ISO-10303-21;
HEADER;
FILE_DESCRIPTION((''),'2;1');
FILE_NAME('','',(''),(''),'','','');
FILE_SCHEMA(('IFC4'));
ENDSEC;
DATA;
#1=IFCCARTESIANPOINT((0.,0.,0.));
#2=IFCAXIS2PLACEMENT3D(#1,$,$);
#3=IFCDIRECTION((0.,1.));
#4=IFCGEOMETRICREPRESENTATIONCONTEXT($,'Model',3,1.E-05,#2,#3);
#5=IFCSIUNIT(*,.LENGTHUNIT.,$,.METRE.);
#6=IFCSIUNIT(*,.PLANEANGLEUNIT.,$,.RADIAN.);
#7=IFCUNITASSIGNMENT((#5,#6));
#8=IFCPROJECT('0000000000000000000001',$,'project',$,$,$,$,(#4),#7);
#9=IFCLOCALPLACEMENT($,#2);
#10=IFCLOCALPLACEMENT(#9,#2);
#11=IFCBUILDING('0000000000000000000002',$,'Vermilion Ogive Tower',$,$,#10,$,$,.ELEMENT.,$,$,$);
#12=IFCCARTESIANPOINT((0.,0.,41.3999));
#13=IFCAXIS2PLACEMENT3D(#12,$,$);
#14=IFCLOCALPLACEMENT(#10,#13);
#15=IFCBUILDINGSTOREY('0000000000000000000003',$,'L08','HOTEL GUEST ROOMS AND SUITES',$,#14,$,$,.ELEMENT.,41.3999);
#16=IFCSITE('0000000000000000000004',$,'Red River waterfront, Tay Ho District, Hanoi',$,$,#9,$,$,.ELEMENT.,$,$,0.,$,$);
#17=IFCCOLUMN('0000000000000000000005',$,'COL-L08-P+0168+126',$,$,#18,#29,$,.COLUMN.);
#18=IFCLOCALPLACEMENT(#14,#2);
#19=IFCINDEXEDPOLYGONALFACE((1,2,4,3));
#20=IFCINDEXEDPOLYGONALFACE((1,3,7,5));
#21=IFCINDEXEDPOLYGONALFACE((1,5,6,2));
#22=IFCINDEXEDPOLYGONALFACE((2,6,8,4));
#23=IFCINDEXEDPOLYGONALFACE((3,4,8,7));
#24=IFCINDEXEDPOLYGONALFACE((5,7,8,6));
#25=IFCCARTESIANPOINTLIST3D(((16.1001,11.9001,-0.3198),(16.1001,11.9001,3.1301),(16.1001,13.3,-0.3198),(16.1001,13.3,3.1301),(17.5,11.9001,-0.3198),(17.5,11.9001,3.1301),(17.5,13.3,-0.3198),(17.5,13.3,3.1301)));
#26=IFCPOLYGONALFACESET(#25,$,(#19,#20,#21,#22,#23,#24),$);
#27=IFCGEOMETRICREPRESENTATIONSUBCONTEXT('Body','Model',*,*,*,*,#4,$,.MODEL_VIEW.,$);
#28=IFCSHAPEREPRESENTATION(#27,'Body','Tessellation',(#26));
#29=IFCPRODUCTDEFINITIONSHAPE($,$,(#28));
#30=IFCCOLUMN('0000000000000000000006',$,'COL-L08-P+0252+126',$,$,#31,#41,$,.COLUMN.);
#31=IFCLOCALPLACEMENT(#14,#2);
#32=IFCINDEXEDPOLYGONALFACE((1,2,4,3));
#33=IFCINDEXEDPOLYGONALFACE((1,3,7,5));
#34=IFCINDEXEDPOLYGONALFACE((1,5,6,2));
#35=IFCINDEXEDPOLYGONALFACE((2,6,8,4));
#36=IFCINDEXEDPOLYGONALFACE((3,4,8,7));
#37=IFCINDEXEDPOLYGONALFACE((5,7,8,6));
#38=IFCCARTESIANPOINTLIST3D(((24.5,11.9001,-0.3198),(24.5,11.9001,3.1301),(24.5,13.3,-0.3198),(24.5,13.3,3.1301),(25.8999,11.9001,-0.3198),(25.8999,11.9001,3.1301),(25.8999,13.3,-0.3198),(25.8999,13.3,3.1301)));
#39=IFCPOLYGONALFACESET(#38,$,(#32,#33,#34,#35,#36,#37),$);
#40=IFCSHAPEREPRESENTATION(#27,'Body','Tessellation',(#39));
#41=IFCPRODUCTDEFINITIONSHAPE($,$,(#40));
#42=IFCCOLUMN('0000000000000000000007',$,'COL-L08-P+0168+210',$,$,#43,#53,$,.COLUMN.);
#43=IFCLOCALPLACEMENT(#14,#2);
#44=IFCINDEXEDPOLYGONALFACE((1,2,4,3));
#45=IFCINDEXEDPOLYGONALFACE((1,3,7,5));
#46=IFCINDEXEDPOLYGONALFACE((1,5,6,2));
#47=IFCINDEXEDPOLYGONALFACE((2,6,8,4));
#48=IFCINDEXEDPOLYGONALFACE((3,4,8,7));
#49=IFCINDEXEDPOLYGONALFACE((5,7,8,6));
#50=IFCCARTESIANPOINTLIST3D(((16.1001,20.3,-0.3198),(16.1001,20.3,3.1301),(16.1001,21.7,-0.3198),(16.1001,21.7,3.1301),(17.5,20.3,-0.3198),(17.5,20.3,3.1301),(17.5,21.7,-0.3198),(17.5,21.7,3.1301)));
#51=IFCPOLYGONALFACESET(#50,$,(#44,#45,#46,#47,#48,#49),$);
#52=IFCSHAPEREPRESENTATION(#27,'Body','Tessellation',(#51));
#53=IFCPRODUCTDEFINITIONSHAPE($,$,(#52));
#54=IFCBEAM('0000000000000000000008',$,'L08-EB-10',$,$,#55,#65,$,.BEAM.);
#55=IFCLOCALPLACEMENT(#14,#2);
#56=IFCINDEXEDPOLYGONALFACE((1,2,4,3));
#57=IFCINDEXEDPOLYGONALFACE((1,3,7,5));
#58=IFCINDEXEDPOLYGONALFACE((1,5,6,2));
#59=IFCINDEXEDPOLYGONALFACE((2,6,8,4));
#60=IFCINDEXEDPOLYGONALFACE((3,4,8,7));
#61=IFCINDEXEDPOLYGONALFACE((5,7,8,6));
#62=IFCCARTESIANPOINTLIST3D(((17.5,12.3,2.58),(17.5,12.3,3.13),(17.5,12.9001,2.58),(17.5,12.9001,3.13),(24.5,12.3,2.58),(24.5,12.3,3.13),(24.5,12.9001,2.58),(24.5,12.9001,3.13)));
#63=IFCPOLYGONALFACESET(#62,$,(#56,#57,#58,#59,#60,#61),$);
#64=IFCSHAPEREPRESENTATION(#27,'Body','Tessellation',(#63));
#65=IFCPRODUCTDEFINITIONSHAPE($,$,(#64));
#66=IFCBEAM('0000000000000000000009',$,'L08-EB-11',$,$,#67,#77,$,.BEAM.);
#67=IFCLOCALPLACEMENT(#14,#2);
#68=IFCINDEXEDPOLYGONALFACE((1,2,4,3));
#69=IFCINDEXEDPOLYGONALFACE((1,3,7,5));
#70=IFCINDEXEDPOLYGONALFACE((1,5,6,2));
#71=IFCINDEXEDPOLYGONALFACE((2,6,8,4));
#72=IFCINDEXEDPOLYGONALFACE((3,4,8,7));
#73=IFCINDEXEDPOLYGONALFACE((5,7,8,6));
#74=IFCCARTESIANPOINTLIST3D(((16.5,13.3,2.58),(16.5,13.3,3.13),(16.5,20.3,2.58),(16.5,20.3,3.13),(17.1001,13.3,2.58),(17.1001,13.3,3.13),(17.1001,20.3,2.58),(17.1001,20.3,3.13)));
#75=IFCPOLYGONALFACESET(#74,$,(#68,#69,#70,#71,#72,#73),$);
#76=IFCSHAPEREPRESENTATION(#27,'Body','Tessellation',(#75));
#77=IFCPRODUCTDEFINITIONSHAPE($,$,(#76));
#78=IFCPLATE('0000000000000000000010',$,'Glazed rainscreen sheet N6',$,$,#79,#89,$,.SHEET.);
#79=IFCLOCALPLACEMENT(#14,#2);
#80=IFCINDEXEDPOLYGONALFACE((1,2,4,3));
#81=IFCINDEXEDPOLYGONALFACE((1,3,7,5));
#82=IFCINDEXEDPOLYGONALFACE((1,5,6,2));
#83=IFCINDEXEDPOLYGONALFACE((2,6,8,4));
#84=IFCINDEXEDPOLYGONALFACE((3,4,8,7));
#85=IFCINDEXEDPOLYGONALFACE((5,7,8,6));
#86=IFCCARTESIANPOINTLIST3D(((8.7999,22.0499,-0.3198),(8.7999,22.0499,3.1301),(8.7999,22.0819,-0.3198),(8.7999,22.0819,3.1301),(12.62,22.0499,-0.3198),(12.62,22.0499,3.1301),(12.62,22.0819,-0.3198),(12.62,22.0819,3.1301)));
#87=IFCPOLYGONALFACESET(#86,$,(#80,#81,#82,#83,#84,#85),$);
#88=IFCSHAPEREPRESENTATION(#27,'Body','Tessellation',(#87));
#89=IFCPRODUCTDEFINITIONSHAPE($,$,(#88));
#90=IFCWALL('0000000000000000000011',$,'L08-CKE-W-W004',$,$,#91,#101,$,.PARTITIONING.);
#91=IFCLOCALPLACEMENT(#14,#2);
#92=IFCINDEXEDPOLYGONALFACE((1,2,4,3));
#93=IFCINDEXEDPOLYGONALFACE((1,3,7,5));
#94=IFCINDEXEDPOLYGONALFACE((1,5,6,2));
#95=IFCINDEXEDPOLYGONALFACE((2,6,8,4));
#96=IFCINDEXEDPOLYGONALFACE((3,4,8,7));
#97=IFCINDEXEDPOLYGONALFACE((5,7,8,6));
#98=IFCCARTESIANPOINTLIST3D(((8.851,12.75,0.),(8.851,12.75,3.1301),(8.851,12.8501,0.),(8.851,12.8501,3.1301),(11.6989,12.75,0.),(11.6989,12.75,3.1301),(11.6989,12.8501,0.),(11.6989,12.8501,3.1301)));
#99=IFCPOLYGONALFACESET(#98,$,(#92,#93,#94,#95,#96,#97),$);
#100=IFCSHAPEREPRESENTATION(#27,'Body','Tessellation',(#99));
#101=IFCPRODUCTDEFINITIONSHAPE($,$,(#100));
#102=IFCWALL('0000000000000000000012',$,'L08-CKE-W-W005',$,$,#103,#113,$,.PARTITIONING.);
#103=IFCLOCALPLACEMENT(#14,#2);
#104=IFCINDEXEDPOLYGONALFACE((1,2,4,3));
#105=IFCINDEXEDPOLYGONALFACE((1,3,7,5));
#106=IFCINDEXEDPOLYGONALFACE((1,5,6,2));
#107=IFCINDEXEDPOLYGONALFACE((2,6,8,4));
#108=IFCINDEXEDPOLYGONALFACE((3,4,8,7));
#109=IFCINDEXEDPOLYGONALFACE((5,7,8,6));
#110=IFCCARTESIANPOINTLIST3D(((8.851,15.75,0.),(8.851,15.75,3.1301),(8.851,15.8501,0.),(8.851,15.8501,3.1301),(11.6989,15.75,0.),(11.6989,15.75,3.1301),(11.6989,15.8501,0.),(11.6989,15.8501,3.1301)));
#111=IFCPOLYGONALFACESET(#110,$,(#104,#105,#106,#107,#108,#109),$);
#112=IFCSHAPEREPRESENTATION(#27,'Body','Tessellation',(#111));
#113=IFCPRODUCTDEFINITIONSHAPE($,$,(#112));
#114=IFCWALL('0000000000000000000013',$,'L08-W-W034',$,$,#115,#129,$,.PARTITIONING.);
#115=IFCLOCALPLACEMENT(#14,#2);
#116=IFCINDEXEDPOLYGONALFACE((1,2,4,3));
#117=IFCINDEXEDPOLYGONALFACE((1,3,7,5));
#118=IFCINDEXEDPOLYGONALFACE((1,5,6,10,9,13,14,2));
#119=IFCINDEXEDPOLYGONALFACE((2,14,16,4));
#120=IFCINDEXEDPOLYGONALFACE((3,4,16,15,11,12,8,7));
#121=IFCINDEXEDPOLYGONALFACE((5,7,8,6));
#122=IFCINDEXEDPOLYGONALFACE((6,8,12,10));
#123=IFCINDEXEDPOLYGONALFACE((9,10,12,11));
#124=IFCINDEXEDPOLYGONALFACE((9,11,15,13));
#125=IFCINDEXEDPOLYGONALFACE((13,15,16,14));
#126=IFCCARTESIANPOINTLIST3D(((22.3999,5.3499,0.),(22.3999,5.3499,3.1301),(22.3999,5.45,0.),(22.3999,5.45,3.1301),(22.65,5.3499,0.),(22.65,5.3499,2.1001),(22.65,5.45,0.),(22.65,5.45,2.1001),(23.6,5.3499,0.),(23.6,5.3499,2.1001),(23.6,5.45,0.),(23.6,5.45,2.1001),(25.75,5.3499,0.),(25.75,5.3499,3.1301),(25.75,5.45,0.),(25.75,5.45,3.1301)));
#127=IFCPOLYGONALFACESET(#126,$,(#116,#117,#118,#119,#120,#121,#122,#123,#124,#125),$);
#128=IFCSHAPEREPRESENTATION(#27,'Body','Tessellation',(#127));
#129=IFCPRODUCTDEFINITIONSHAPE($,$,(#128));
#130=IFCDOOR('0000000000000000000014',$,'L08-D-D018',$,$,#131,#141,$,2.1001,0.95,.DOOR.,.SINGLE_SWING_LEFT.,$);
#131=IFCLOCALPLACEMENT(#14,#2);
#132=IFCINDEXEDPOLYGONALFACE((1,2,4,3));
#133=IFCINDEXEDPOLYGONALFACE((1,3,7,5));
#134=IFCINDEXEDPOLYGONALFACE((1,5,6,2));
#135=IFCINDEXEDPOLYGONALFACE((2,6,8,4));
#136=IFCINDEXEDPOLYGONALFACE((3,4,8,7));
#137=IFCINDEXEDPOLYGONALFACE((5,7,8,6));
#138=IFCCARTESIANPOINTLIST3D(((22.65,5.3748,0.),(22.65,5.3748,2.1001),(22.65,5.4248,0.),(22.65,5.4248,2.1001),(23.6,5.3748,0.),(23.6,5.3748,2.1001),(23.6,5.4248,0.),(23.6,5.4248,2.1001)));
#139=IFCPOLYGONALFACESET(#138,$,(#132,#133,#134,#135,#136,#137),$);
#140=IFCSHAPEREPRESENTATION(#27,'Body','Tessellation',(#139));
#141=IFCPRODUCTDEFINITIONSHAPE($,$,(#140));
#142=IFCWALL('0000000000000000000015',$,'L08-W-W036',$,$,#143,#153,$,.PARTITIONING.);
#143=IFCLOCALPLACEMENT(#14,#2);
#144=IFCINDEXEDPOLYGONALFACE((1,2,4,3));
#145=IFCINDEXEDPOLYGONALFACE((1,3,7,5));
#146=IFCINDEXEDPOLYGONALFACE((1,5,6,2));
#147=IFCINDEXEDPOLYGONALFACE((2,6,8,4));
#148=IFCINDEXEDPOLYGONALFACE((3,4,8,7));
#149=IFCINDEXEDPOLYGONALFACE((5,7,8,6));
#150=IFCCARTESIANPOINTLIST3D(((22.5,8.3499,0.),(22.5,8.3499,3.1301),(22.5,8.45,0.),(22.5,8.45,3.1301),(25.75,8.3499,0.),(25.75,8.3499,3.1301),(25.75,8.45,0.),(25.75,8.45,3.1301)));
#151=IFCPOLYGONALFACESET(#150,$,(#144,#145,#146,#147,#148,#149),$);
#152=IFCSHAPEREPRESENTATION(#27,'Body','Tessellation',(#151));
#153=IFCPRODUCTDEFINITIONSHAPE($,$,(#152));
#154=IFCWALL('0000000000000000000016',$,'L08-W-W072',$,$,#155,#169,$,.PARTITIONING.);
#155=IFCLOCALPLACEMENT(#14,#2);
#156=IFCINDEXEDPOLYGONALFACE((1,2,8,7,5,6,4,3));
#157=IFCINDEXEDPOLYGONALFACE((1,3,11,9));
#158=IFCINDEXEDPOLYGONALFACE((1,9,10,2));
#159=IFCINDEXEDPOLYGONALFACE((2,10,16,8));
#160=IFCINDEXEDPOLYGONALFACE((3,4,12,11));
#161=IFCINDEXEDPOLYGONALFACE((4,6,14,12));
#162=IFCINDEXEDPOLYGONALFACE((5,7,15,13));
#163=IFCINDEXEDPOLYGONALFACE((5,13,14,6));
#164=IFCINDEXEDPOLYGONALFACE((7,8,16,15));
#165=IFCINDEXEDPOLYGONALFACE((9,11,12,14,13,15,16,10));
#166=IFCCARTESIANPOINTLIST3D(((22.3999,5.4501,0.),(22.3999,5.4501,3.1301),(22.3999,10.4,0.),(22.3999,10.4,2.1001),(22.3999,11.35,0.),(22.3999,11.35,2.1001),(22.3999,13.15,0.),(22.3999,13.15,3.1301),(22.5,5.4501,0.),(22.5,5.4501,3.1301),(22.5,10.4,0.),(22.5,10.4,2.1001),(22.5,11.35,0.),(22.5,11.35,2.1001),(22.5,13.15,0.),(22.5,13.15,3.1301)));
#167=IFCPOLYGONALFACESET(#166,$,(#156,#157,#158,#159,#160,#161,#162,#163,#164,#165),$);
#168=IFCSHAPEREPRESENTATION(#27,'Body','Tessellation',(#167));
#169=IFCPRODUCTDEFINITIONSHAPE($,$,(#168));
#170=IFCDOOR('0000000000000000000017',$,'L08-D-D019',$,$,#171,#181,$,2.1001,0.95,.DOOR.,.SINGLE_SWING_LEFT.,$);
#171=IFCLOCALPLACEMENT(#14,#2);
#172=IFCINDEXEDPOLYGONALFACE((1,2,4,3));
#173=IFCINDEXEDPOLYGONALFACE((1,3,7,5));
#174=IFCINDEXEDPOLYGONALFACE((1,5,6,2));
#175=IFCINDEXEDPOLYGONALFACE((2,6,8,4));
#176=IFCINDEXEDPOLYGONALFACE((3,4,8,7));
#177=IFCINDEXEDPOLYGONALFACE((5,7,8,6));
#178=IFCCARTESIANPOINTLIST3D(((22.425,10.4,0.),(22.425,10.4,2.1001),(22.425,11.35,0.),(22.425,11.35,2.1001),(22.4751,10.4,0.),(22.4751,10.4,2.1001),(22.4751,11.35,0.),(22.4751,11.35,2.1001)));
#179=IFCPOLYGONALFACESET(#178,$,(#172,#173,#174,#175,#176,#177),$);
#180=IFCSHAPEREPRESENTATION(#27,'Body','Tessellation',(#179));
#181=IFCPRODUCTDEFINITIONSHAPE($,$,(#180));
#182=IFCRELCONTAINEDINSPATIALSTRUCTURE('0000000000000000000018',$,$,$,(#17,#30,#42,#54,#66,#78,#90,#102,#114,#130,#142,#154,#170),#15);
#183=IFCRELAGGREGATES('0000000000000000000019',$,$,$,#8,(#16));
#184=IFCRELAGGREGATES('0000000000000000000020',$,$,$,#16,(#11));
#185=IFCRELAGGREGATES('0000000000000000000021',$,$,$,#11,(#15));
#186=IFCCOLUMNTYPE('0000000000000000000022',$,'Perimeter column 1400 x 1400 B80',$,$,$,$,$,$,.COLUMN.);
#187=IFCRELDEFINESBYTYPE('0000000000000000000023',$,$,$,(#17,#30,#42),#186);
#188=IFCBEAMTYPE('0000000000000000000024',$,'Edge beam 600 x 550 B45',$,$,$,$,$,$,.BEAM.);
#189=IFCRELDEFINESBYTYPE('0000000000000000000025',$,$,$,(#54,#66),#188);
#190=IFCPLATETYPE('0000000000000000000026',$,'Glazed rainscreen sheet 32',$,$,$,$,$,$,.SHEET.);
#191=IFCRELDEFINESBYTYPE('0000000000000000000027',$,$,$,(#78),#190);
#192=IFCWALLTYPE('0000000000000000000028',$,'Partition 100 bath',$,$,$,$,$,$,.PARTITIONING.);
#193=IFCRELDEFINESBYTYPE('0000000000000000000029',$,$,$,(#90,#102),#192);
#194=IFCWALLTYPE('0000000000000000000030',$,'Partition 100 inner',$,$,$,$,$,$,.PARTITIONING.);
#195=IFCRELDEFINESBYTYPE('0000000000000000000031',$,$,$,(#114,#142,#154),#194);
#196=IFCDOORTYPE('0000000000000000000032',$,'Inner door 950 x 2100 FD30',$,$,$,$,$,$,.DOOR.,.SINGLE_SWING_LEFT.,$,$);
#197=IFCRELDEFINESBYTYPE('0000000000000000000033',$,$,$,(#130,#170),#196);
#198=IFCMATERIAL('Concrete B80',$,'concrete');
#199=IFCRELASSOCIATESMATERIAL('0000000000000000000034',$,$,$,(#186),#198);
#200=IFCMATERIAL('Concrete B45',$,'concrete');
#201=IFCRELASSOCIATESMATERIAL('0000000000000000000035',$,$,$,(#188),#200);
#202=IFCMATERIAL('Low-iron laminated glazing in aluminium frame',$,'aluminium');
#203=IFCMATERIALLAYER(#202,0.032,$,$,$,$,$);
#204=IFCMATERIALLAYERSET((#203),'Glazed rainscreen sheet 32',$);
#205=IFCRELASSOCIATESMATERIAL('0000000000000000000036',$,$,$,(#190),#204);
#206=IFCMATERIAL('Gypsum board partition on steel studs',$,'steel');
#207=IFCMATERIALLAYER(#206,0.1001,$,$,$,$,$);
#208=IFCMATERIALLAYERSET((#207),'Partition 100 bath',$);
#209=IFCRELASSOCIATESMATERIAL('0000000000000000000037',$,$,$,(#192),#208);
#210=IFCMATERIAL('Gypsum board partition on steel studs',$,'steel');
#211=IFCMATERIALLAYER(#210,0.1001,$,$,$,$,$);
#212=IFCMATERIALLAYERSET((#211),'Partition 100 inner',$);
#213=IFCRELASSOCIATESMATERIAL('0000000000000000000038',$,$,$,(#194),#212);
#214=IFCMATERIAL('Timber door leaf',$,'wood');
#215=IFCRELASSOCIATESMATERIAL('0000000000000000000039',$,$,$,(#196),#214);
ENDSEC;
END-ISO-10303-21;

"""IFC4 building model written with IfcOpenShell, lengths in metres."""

from ifc_helpers import new_model, si_unit, direction, frame, frame_2d, origin, origin_2d, place, context, subcontext, project, spatial, rectangle, extrude, material, layer, layer_set, material_profile, profile_set, type_object, element, fill, save


model = new_model("IFC4")

# Units and contexts
model_context = context("Model", 3, precision=1e-05, world=origin(), true_north=direction((0.0, 1.0)))
body_context = subcontext(model_context, "Body", "Model", "MODEL_VIEW")
ifc_project = project(units=[si_unit("LENGTHUNIT", "METRE"), si_unit("PLANEANGLEUNIT", "RADIAN")], contexts=[model_context])

# Site, building, storey
site_placement = place(None, origin())
site = spatial("IfcSite", under=ifc_project, at=site_placement, Name="Red River waterfront, Tay Ho District, Hanoi", CompositionType="ELEMENT", RefElevation=0.0)
building_placement = place(site_placement, origin())
building = spatial("IfcBuilding", under=site, at=building_placement, Name="Vermilion Ogive Tower", CompositionType="ELEMENT")
storey_placement = place(building_placement, frame((0.0, 0.0, 41.3999)))
storey = spatial("IfcBuildingStorey", under=building, at=storey_placement, Name="L08", Description="HOTEL GUEST ROOMS AND SUITES", CompositionType="ELEMENT", Elevation=41.3999)

# Columns
ifc_material_1 = material(Name="Concrete B80", Category="concrete")
ifc_material_profile_1 = material_profile(ifc_material_1, rectangle(XDim=1.3999, YDim=1.3999, at=origin_2d()), Name="1400 x 1400")
ifc_profile_set_1 = profile_set([ifc_material_profile_1], Name="Concrete B80")
column_type = type_object("IfcColumnType", Name="Perimeter column 1400 x 1400 B80", PredefinedType="COLUMN", material=ifc_profile_set_1)
for number, where, z_axis, x_axis, name in (
    (1, (16.8, 12.6001, -0.3198), (0.0, 0.0, 1.0), (1.0, 0.0, 0.0), "COL-L08-P+0168+126"),
    (2, (25.2, 12.6001, -0.3198), (0.0, 0.0, 1.0), (1.0, 0.0, 0.0), "COL-L08-P+0252+126"),
    (3, (16.8, 21.0, -0.3198), (0.0, 0.0, 1.0), (1.0, 0.0, 0.0), "COL-L08-P+0168+210"),
):
    element("IfcColumn", number, at=place(storey_placement, frame(where, z_axis=z_axis, x_axis=x_axis)), inside=storey, type_object=column_type, Name=name, PredefinedType="COLUMN", context=body_context, shape_type="SweptSolid", body=[
        extrude(rectangle(XDim=1.3999, YDim=1.3999, at=origin_2d()), origin(), (0.0, 0.0, 1.0), 3.45),
    ])

# Beams
ifc_material_2 = material(Name="Concrete B45", Category="concrete")
ifc_material_profile_2 = material_profile(ifc_material_2, rectangle(XDim=0.6001, YDim=0.55, at=origin_2d()), Name="600 x 550")
ifc_profile_set_2 = profile_set([ifc_material_profile_2], Name="Concrete B45")
beam_type = type_object("IfcBeamType", Name="Edge beam 600 x 550 B45", PredefinedType="BEAM", material=ifc_profile_set_2)
for number, where, z_axis, x_axis, name in (
    (4, (24.5, 12.6001, 2.855), (-1.0, 0.0, 0.0), (0.0, -1.0, 0.0), "L08-EB-10"),
    (5, (16.8, 13.3, 2.855), (0.0, 1.0, 0.0), (-1.0, 0.0, 0.0), "L08-EB-11"),
):
    element("IfcBeam", number, at=place(storey_placement, frame(where, z_axis=z_axis, x_axis=x_axis)), inside=storey, type_object=beam_type, Name=name, PredefinedType="BEAM", context=body_context, shape_type="SweptSolid", body=[
        extrude(rectangle(XDim=0.6001, YDim=0.55, at=origin_2d()), origin(), (0.0, 0.0, 1.0), 7.0),
    ])

# Plate
ifc_material_3 = material(Name="Low-iron laminated glazing in aluminium frame", Category="aluminium")
ifc_layer_1 = layer(ifc_material_3, 0.032)
ifc_layer_set_1 = layer_set([ifc_layer_1], Name="Glazed rainscreen sheet 32")
plate_type = type_object("IfcPlateType", Name="Glazed rainscreen sheet 32", PredefinedType="SHEET", material=ifc_layer_set_1)
plate_placement = place(storey_placement, frame((10.71, 22.0659, -0.3198), z_axis=(0.0, 0.0, 1.0), x_axis=(1.0, 0.0, 0.0)))
element("IfcPlate", 6, at=plate_placement, inside=storey, type_object=plate_type, Name="Glazed rainscreen sheet N6", PredefinedType="SHEET", context=body_context, shape_type="SweptSolid", body=[
    extrude(rectangle(XDim=3.8201, YDim=0.032, at=origin_2d()), origin(), (0.0, 0.0, 1.0), 3.45),
])

# Walls
ifc_material_4 = material(Name="Gypsum board partition on steel studs", Category="steel")
ifc_layer_2 = layer(ifc_material_4, 0.1001)
ifc_layer_set_2 = layer_set([ifc_layer_2], Name="Partition 100 bath")
wall_type_1 = type_object("IfcWallType", Name="Partition 100 bath", PredefinedType="PARTITIONING", material=ifc_layer_set_2)
for number, where, z_axis, x_axis, name in (
    (7, (8.8511, 12.8, 0.0), (0.0, 0.0, 1.0), (1.0, 0.0, 0.0), "L08-CKE-W-W004"),
    (8, (8.8511, 15.8, 0.0), (0.0, 0.0, 1.0), (1.0, 0.0, 0.0), "L08-CKE-W-W005"),
):
    element("IfcWall", number, at=place(storey_placement, frame(where, z_axis=z_axis, x_axis=x_axis)), inside=storey, type_object=wall_type_1, Name=name, PredefinedType="PARTITIONING", context=body_context, shape_type="SweptSolid", body=[
        extrude(rectangle(XDim=2.8479, YDim=0.1001, at=frame_2d((1.4238, 0.0))), origin(), (0.0, 0.0, 1.0), 3.1301),
    ])

# Wall, opening, door
ifc_material_5 = material(Name="Gypsum board partition on steel studs", Category="steel")
ifc_layer_3 = layer(ifc_material_5, 0.1001)
ifc_layer_set_3 = layer_set([ifc_layer_3], Name="Partition 100 inner")
wall_type_2 = type_object("IfcWallType", Name="Partition 100 inner", PredefinedType="PARTITIONING", material=ifc_layer_set_3)
wall_1_placement = place(storey_placement, frame((22.3999, 5.3999, 0.0), z_axis=(0.0, 0.0, 1.0), x_axis=(1.0, 0.0, 0.0)))
wall_1 = element("IfcWall", 9, at=wall_1_placement, inside=storey, type_object=wall_type_2, Name="L08-W-W034", PredefinedType="PARTITIONING", context=body_context, shape_type="SweptSolid", body=[
    extrude(rectangle(XDim=3.3501, YDim=0.1001, at=frame_2d((1.675, 0.0))), origin(), (0.0, 0.0, 1.0), 3.1301),
])
opening_1_placement = place(wall_1_placement, frame((0.25, 0.0, 0.0)))
opening_1 = element("IfcOpeningElement", 10, at=opening_1_placement, cuts=wall_1, PredefinedType="OPENING", context=body_context, shape_type="SweptSolid", body=[
    extrude(rectangle(XDim=0.95, YDim=2.1001, at=frame_2d((0.4751, 1.05))), frame((0.0, 0.0601, 0.0), z_axis=(0.0, -1.0, 0.0), x_axis=(1.0, 0.0, 0.0)), (0.0, 0.0, 1.0), 0.1201),
])
ifc_material_6 = material(Name="Timber door leaf", Category="wood")
door_type_1 = type_object("IfcDoorType", Name="Inner door 950 x 2100 FD30", OperationType="SINGLE_SWING_LEFT", PredefinedType="DOOR", material=ifc_material_6)
door_1_placement = place(opening_1_placement, origin())
door_1 = element("IfcDoor", 11, at=door_1_placement, inside=storey, type_object=door_type_1, Name="L08-D-D018", OperationType="SINGLE_SWING_LEFT", OverallHeight=2.1001, OverallWidth=0.95, PredefinedType="DOOR", context=body_context, shape_type="SweptSolid", body=[
    extrude(rectangle(XDim=0.95, YDim=2.1001, at=frame_2d((0.4751, 1.05))), frame((0.0, 0.0249, 0.0), z_axis=(0.0, -1.0, 0.0), x_axis=(1.0, 0.0, 0.0)), (0.0, 0.0, 1.0), 0.05),
])
fill(opening_1, door_1)

# Wall
wall_2_placement = place(storey_placement, frame((22.5, 8.3999, 0.0), z_axis=(0.0, 0.0, 1.0), x_axis=(1.0, 0.0, 0.0)))
element("IfcWall", 12, at=wall_2_placement, inside=storey, type_object=wall_type_2, Name="L08-W-W036", PredefinedType="PARTITIONING", context=body_context, shape_type="SweptSolid", body=[
    extrude(rectangle(XDim=3.25, YDim=0.1001, at=frame_2d((1.625, 0.0))), origin(), (0.0, 0.0, 1.0), 3.1301),
])

# Wall, opening, door
wall_3_placement = place(storey_placement, frame((22.45, 5.45, 0.0), z_axis=(0.0, 0.0, 1.0), x_axis=(0.0, 1.0, 0.0)))
wall_3 = element("IfcWall", 13, at=wall_3_placement, inside=storey, type_object=wall_type_2, Name="L08-W-W072", PredefinedType="PARTITIONING", context=body_context, shape_type="SweptSolid", body=[
    extrude(rectangle(XDim=7.7, YDim=0.1001, at=frame_2d((3.8501, 0.0))), origin(), (0.0, 0.0, 1.0), 3.1301),
])
opening_2_placement = place(wall_3_placement, frame((4.95, 0.0, 0.0)))
opening_2 = element("IfcOpeningElement", 14, at=opening_2_placement, cuts=wall_3, PredefinedType="OPENING", context=body_context, shape_type="SweptSolid", body=[
    extrude(rectangle(XDim=0.95, YDim=2.1001, at=frame_2d((0.4751, 1.05))), frame((0.0, 0.0601, 0.0), z_axis=(0.0, -1.0, 0.0), x_axis=(1.0, 0.0, 0.0)), (0.0, 0.0, 1.0), 0.1201),
])
door_2_placement = place(opening_2_placement, origin())
door_2 = element("IfcDoor", 15, at=door_2_placement, inside=storey, type_object=door_type_1, Name="L08-D-D019", OperationType="SINGLE_SWING_LEFT", OverallHeight=2.1001, OverallWidth=0.95, PredefinedType="DOOR", context=body_context, shape_type="SweptSolid", body=[
    extrude(rectangle(XDim=0.95, YDim=2.1001, at=frame_2d((0.4751, 1.05))), frame((0.0, 0.0249, 0.0), z_axis=(0.0, -1.0, 0.0), x_axis=(1.0, 0.0, 0.0)), (0.0, 0.0, 1.0), 0.05),
])
fill(opening_2, door_2)

save(model, "model.ifc")
